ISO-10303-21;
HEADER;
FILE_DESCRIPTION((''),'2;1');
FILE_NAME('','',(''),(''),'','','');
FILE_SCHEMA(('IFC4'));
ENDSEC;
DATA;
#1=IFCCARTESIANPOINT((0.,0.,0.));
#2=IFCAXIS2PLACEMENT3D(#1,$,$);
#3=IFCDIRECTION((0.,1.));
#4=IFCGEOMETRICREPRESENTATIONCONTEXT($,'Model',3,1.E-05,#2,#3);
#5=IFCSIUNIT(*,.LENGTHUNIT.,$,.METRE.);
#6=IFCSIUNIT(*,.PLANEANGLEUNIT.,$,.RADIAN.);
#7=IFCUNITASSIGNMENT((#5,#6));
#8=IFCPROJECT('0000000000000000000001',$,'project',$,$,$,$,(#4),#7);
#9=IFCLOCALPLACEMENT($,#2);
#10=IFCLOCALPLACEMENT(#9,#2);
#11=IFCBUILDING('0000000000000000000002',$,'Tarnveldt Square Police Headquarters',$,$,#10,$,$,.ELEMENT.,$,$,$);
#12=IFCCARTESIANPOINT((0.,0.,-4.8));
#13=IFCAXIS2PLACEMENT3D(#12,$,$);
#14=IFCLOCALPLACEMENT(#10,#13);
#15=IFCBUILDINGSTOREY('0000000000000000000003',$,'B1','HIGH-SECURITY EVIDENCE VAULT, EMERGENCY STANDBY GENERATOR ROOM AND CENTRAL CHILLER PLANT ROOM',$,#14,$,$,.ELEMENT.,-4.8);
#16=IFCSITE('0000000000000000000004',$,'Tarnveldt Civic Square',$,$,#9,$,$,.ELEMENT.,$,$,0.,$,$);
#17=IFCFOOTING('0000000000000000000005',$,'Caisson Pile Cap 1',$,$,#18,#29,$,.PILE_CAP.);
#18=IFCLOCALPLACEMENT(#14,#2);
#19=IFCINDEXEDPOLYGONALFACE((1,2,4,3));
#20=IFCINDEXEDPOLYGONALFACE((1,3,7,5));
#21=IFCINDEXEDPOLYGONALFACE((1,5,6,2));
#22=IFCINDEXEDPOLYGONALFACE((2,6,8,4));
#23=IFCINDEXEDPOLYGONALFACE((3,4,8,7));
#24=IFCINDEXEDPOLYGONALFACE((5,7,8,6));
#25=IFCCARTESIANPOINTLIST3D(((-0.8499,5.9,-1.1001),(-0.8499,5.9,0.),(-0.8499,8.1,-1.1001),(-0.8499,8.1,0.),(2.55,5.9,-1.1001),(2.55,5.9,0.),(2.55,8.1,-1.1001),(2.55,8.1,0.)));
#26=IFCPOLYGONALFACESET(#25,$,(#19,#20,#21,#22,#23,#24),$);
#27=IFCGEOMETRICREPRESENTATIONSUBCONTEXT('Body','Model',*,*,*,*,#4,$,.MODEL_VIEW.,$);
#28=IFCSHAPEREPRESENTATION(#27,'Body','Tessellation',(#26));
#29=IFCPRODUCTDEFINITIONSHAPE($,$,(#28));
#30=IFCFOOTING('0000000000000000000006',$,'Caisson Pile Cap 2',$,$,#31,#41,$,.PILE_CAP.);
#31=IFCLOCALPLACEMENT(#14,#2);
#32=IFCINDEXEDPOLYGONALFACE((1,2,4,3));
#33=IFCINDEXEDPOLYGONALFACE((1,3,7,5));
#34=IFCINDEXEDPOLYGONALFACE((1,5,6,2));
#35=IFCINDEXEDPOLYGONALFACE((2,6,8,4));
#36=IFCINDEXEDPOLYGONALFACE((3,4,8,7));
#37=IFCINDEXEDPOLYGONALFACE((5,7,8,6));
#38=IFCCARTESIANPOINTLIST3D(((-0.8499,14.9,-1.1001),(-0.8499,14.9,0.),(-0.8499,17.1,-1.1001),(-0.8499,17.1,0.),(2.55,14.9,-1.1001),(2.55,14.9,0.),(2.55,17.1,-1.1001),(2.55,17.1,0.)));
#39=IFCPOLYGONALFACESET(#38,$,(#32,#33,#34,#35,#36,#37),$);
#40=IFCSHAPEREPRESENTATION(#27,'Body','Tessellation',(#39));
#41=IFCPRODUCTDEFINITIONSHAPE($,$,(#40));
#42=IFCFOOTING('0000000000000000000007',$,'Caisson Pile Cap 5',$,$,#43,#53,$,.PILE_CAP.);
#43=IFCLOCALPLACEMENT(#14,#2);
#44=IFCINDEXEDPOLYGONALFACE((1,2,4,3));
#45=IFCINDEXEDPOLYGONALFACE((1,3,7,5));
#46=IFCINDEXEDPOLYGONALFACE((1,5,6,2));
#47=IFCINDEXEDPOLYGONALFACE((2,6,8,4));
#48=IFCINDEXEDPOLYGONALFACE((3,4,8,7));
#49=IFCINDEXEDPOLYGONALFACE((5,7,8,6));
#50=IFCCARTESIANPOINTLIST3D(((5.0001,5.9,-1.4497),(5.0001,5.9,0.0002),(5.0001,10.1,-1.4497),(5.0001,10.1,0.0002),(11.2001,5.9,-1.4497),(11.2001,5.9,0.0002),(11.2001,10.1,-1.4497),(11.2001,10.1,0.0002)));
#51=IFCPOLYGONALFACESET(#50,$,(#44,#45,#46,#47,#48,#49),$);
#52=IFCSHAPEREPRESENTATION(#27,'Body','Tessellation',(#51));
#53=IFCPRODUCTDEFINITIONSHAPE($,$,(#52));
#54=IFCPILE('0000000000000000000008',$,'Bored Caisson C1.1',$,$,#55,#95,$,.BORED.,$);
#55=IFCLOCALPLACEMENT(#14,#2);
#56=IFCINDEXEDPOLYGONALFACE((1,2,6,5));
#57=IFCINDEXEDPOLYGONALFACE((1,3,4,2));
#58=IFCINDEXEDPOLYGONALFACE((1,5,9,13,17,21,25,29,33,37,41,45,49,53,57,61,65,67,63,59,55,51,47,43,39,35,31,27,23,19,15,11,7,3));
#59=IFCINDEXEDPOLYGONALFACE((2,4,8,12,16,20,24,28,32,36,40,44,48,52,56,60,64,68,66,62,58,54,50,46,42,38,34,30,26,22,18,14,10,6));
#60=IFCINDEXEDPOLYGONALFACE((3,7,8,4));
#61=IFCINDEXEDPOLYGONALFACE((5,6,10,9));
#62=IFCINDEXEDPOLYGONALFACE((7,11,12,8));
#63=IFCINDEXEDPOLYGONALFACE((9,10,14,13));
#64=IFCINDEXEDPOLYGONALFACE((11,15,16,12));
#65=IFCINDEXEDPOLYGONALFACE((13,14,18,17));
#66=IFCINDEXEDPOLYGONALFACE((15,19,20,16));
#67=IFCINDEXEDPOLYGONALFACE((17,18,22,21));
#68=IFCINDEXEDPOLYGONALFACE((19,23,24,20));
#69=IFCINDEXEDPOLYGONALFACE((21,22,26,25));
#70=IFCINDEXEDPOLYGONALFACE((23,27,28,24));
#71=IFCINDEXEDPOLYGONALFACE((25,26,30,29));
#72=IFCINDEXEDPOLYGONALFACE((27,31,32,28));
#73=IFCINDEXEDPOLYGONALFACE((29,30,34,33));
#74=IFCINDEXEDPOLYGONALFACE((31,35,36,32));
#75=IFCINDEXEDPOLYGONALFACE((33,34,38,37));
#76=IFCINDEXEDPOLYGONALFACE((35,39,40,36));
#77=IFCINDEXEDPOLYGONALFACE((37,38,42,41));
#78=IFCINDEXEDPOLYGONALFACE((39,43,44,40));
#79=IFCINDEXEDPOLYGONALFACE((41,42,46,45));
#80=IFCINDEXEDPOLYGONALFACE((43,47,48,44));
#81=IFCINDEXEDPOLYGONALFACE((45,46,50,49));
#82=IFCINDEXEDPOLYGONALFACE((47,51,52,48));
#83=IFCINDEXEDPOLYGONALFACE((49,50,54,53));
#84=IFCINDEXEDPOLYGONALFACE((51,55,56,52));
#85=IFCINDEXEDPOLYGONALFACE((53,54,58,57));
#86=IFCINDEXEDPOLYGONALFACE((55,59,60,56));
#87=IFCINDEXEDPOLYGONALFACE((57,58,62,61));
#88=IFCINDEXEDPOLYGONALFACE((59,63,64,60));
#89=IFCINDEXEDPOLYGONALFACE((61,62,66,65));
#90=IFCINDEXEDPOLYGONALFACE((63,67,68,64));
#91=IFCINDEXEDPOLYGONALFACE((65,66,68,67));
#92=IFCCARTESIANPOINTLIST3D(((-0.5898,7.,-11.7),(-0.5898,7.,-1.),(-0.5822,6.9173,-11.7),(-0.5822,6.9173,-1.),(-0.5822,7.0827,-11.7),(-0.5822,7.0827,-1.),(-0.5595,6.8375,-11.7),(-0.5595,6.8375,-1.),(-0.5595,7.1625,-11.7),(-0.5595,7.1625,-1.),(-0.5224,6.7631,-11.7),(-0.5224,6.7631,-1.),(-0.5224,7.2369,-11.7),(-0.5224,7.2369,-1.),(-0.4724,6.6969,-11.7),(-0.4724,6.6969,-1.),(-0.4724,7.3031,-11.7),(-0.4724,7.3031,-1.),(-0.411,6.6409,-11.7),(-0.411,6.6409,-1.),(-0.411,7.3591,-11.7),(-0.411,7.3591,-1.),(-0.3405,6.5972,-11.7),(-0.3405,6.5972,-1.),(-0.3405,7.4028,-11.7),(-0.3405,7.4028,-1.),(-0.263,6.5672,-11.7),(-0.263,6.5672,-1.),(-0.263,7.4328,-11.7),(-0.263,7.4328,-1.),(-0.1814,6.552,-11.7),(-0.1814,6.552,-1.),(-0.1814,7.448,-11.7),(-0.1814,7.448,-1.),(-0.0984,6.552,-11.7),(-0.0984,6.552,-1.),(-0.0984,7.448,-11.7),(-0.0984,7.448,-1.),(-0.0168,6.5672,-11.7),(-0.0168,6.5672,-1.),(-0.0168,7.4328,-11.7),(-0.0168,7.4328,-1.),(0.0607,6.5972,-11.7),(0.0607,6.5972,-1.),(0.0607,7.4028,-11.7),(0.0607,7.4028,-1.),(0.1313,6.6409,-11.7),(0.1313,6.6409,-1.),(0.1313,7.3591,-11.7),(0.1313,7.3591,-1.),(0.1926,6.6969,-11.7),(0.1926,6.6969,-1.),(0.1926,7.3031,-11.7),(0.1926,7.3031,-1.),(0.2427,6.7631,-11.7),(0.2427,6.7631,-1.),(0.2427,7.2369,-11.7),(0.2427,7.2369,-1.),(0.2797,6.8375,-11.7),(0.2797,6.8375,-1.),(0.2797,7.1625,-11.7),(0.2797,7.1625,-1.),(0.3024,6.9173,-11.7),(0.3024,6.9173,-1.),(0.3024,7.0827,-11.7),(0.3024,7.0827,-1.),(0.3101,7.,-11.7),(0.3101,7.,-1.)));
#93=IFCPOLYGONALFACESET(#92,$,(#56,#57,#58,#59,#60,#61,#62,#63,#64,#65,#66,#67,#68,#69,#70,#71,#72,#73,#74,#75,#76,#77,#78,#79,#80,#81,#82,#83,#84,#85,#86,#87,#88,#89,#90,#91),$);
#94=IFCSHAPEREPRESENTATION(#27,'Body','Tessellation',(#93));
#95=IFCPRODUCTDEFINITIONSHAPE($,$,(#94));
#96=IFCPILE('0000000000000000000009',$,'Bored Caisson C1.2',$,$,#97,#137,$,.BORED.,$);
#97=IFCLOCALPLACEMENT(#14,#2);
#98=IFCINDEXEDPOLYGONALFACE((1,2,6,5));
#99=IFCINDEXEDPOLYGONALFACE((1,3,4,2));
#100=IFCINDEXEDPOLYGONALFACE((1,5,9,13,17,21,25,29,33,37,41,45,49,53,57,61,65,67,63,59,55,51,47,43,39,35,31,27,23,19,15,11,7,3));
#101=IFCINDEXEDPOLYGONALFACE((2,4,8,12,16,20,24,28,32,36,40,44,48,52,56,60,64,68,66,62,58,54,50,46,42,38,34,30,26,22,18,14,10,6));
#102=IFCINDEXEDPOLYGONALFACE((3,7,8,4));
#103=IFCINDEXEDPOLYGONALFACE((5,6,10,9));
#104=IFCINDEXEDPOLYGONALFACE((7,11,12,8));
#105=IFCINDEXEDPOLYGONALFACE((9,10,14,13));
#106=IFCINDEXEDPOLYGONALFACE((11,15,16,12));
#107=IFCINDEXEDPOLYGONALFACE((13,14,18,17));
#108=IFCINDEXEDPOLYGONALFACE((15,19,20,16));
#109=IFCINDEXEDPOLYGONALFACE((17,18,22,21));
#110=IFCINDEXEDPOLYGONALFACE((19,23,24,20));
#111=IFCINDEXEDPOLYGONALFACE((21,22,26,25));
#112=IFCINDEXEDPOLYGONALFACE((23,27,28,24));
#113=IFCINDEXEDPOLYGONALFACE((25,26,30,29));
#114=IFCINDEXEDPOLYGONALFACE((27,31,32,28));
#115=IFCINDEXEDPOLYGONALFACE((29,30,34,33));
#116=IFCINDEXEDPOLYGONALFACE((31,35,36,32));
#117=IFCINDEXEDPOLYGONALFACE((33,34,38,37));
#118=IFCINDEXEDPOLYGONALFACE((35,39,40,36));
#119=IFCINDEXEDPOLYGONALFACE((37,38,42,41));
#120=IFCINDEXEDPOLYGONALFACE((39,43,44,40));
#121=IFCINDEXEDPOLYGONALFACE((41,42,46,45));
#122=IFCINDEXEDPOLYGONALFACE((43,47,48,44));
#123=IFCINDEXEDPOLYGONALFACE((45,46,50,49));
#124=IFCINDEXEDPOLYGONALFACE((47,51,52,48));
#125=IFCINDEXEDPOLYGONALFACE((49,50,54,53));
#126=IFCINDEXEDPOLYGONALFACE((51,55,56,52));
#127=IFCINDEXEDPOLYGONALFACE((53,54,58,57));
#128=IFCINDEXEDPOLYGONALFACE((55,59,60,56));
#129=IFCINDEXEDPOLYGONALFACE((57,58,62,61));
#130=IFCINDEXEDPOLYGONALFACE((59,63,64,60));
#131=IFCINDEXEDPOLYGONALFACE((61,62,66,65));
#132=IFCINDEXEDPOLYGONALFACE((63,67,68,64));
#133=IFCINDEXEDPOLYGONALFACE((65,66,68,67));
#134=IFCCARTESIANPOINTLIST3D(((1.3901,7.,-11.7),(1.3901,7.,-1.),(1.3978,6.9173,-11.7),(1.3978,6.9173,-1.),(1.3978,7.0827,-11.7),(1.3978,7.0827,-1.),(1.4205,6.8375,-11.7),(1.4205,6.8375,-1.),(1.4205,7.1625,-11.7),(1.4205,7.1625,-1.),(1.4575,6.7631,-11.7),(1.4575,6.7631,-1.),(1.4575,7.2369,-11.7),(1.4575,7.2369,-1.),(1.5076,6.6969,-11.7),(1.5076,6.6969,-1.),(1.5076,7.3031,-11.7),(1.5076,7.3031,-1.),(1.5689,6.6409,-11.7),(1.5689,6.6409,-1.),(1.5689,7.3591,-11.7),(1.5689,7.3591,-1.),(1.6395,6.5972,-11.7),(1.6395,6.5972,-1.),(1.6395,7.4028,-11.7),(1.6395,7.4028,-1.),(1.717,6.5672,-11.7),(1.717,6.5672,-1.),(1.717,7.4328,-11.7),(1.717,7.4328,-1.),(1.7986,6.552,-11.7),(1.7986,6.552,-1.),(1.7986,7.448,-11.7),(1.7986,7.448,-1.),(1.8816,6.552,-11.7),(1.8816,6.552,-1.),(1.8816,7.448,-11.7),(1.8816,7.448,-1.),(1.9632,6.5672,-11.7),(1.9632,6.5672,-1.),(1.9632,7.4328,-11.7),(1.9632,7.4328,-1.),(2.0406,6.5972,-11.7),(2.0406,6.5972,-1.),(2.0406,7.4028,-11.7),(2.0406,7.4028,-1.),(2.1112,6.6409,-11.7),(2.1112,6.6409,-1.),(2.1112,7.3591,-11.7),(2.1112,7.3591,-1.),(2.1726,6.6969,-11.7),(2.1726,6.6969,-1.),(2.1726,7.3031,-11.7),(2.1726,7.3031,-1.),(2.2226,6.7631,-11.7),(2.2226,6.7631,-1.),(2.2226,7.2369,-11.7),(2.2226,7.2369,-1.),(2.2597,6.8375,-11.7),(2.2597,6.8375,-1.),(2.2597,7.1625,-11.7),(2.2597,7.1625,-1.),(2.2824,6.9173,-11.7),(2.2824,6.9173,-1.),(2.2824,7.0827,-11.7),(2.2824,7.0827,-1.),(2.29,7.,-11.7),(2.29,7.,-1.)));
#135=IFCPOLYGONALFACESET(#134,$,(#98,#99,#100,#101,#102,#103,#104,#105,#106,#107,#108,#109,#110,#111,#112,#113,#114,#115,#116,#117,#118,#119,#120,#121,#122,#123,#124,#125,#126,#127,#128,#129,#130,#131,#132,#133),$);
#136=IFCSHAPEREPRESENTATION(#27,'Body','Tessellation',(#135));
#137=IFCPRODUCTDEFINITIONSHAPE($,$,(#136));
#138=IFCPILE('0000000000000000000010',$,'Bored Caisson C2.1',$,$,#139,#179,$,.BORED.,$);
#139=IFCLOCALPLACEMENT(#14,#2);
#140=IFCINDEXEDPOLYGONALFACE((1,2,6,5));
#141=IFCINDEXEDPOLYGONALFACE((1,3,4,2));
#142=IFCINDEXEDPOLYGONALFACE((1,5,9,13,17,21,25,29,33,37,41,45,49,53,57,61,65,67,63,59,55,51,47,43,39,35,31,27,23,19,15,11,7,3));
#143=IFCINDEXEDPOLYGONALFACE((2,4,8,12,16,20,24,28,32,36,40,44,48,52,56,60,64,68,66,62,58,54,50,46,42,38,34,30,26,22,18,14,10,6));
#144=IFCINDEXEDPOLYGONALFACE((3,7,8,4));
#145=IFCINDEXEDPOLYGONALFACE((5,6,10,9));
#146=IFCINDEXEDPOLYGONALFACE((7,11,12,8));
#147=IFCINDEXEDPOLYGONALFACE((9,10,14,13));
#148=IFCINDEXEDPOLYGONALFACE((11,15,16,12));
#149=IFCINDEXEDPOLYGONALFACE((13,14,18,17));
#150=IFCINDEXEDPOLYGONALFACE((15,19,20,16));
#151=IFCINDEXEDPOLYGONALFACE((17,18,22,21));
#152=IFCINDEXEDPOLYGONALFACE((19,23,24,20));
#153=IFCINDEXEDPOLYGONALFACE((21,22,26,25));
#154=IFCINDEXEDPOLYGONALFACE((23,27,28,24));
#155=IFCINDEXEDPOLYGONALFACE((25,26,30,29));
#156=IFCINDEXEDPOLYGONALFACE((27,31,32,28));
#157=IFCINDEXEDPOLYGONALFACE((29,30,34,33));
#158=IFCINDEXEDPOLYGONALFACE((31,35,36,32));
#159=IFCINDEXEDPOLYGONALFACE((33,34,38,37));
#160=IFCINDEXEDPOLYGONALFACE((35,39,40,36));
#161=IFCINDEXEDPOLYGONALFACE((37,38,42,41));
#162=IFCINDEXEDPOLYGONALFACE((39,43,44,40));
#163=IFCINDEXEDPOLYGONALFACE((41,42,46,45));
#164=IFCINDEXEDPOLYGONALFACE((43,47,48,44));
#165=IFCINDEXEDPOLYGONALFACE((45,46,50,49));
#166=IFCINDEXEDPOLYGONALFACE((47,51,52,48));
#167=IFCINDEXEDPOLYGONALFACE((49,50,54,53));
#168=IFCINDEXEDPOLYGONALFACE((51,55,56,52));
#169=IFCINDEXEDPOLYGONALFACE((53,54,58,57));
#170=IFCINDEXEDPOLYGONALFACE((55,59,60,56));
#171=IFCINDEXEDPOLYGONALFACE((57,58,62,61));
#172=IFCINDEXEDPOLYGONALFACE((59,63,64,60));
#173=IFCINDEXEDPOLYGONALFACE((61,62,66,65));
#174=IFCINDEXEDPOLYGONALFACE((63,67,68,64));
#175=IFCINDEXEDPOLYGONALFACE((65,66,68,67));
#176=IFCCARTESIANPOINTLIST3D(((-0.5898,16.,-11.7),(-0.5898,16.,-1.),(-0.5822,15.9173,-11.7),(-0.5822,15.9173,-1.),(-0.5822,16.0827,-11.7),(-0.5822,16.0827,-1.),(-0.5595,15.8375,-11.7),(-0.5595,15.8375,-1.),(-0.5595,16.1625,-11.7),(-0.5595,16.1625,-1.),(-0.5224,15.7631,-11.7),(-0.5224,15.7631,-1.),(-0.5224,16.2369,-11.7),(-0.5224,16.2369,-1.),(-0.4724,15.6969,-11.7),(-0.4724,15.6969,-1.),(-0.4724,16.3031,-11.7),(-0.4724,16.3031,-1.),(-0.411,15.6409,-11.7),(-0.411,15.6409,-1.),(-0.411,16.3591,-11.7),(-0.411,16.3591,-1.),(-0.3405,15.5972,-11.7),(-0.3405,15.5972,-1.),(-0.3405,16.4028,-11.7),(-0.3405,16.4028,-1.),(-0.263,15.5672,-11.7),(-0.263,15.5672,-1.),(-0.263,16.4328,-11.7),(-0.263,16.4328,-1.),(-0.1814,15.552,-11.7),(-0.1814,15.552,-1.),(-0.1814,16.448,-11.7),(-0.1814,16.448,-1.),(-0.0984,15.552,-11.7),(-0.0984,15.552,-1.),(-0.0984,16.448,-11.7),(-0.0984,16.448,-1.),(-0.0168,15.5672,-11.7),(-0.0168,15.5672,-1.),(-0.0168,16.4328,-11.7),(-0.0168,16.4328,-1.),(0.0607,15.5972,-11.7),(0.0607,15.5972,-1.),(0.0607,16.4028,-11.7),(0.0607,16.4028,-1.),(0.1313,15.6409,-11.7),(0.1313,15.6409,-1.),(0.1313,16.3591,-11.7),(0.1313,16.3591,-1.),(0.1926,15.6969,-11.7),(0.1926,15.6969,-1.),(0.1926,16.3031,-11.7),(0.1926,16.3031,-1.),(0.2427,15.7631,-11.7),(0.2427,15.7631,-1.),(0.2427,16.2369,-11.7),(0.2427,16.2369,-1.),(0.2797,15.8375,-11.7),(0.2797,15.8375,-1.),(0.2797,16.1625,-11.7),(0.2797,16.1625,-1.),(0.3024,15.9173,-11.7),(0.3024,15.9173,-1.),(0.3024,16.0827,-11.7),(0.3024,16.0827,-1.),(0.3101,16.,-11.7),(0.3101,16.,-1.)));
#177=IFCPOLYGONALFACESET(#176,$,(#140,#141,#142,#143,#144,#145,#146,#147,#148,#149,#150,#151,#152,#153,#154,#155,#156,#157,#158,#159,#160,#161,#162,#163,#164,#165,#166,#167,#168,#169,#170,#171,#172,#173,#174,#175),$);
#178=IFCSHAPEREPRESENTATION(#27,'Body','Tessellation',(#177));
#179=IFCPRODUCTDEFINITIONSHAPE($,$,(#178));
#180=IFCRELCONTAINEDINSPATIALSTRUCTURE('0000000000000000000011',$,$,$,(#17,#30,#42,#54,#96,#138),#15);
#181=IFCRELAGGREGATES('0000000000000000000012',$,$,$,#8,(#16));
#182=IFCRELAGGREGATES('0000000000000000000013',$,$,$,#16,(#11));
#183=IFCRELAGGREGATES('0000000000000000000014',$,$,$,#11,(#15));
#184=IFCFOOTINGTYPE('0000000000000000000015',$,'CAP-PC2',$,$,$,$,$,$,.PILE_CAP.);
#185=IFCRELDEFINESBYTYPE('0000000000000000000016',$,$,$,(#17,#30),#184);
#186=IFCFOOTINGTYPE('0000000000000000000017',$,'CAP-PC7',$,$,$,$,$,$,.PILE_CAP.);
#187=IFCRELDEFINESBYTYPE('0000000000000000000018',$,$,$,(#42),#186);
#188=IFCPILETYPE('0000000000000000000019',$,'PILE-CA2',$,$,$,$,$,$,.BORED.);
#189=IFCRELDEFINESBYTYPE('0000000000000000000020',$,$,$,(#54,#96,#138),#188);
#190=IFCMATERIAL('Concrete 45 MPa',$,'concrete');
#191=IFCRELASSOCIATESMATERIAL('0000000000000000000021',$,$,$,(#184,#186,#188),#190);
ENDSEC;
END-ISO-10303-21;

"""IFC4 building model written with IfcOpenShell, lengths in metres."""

from ifc_helpers import new_model, si_unit, direction, frame, origin, origin_2d, place, context, subcontext, project, spatial, rectangle, circle, extrude, material, material_profile, profile_set, type_object, element, save


model = new_model("IFC4")

# Units and contexts
model_context = context("Model", 3, precision=1e-05, world=origin(), true_north=direction((0.0, 1.0)))
body_context = subcontext(model_context, "Body", "Model", "MODEL_VIEW")
ifc_project = project(units=[si_unit("LENGTHUNIT", "METRE"), si_unit("PLANEANGLEUNIT", "RADIAN")], contexts=[model_context])

# Site, building, storey
site_placement = place(None, origin())
site = spatial("IfcSite", under=ifc_project, at=site_placement, Name="Tarnveldt Civic Square", CompositionType="ELEMENT", RefElevation=0.0)
building_placement = place(site_placement, origin())
building = spatial("IfcBuilding", under=site, at=building_placement, Name="Tarnveldt Square Police Headquarters", CompositionType="ELEMENT")
storey_placement = place(building_placement, frame((0.0, 0.0, -4.8)))
storey = spatial("IfcBuildingStorey", under=building, at=storey_placement, Name="B1", Description="HIGH-SECURITY EVIDENCE VAULT, EMERGENCY STANDBY GENERATOR ROOM AND CENTRAL CHILLER PLANT ROOM", CompositionType="ELEMENT", Elevation=-4.8)

# Footings
ifc_material_1 = material(Name="Concrete 45 MPa", Category="concrete")
footing_type_1 = type_object("IfcFootingType", Name="CAP-PC2", PredefinedType="PILE_CAP", material=ifc_material_1)
for number, where, z_axis, x_axis, name in (
    (1, (0.8501, 7.0, -1.1001), (0.0, 0.0, 1.0), (1.0, 0.0, 0.0), "Caisson Pile Cap 1"),
    (2, (0.8501, 16.0, -1.1001), (0.0, 0.0, 1.0), (1.0, 0.0, 0.0), "Caisson Pile Cap 2"),
):
    element("IfcFooting", number, at=place(storey_placement, frame(where, z_axis=z_axis, x_axis=x_axis)), inside=storey, type_object=footing_type_1, Name=name, PredefinedType="PILE_CAP", context=body_context, shape_type="SweptSolid", body=[
        extrude(rectangle(XDim=3.3999, YDim=2.2, at=origin_2d()), origin(), (0.0, 0.0, 1.0), 1.1001),
    ])
footing_type_2 = type_object("IfcFootingType", Name="CAP-PC7", PredefinedType="PILE_CAP", material=ifc_material_1)
footing_placement = place(storey_placement, frame((8.1001, 8.0, -1.4497), z_axis=(0.0, 0.0, 1.0), x_axis=(1.0, 0.0, 0.0)))
element("IfcFooting", 3, at=footing_placement, inside=storey, type_object=footing_type_2, Name="Caisson Pile Cap 5", PredefinedType="PILE_CAP", context=body_context, shape_type="SweptSolid", body=[
    extrude(rectangle(XDim=6.2, YDim=4.2, at=origin_2d()), origin(), (0.0, 0.0, 1.0), 1.45),
])

# Piles
ifc_material_profile_1 = material_profile(ifc_material_1, circle(Radius=0.45, at=origin_2d()), Name="CAISSON-D900")
ifc_profile_set_1 = profile_set([ifc_material_profile_1], Name="Concrete 45 MPa")
pile_type_1 = type_object("IfcPileType", Name="PILE-CA2", PredefinedType="BORED", material=ifc_profile_set_1)
for number, where, z_axis, x_axis, name in (
    (4, (-0.1399, 7.0, -1.0), (0.0, 0.0, -1.0), (1.0, 0.0, 0.0), "Bored Caisson C1.1"),
    (5, (1.8401, 7.0, -1.0), (0.0, 0.0, -1.0), (1.0, 0.0, 0.0), "Bored Caisson C1.2"),
    (6, (-0.1399, 16.0, -1.0), (0.0, 0.0, -1.0), (1.0, 0.0, 0.0), "Bored Caisson C2.1"),
):
    element("IfcPile", number, at=place(storey_placement, frame(where, z_axis=z_axis, x_axis=x_axis)), inside=storey, type_object=pile_type_1, Name=name, PredefinedType="BORED", context=body_context, shape_type="SweptSolid", body=[
        extrude(circle(Radius=0.45, at=origin_2d()), origin(), (0.0, 0.0, 1.0), 10.7),
    ])

save(model, "model.ifc")
